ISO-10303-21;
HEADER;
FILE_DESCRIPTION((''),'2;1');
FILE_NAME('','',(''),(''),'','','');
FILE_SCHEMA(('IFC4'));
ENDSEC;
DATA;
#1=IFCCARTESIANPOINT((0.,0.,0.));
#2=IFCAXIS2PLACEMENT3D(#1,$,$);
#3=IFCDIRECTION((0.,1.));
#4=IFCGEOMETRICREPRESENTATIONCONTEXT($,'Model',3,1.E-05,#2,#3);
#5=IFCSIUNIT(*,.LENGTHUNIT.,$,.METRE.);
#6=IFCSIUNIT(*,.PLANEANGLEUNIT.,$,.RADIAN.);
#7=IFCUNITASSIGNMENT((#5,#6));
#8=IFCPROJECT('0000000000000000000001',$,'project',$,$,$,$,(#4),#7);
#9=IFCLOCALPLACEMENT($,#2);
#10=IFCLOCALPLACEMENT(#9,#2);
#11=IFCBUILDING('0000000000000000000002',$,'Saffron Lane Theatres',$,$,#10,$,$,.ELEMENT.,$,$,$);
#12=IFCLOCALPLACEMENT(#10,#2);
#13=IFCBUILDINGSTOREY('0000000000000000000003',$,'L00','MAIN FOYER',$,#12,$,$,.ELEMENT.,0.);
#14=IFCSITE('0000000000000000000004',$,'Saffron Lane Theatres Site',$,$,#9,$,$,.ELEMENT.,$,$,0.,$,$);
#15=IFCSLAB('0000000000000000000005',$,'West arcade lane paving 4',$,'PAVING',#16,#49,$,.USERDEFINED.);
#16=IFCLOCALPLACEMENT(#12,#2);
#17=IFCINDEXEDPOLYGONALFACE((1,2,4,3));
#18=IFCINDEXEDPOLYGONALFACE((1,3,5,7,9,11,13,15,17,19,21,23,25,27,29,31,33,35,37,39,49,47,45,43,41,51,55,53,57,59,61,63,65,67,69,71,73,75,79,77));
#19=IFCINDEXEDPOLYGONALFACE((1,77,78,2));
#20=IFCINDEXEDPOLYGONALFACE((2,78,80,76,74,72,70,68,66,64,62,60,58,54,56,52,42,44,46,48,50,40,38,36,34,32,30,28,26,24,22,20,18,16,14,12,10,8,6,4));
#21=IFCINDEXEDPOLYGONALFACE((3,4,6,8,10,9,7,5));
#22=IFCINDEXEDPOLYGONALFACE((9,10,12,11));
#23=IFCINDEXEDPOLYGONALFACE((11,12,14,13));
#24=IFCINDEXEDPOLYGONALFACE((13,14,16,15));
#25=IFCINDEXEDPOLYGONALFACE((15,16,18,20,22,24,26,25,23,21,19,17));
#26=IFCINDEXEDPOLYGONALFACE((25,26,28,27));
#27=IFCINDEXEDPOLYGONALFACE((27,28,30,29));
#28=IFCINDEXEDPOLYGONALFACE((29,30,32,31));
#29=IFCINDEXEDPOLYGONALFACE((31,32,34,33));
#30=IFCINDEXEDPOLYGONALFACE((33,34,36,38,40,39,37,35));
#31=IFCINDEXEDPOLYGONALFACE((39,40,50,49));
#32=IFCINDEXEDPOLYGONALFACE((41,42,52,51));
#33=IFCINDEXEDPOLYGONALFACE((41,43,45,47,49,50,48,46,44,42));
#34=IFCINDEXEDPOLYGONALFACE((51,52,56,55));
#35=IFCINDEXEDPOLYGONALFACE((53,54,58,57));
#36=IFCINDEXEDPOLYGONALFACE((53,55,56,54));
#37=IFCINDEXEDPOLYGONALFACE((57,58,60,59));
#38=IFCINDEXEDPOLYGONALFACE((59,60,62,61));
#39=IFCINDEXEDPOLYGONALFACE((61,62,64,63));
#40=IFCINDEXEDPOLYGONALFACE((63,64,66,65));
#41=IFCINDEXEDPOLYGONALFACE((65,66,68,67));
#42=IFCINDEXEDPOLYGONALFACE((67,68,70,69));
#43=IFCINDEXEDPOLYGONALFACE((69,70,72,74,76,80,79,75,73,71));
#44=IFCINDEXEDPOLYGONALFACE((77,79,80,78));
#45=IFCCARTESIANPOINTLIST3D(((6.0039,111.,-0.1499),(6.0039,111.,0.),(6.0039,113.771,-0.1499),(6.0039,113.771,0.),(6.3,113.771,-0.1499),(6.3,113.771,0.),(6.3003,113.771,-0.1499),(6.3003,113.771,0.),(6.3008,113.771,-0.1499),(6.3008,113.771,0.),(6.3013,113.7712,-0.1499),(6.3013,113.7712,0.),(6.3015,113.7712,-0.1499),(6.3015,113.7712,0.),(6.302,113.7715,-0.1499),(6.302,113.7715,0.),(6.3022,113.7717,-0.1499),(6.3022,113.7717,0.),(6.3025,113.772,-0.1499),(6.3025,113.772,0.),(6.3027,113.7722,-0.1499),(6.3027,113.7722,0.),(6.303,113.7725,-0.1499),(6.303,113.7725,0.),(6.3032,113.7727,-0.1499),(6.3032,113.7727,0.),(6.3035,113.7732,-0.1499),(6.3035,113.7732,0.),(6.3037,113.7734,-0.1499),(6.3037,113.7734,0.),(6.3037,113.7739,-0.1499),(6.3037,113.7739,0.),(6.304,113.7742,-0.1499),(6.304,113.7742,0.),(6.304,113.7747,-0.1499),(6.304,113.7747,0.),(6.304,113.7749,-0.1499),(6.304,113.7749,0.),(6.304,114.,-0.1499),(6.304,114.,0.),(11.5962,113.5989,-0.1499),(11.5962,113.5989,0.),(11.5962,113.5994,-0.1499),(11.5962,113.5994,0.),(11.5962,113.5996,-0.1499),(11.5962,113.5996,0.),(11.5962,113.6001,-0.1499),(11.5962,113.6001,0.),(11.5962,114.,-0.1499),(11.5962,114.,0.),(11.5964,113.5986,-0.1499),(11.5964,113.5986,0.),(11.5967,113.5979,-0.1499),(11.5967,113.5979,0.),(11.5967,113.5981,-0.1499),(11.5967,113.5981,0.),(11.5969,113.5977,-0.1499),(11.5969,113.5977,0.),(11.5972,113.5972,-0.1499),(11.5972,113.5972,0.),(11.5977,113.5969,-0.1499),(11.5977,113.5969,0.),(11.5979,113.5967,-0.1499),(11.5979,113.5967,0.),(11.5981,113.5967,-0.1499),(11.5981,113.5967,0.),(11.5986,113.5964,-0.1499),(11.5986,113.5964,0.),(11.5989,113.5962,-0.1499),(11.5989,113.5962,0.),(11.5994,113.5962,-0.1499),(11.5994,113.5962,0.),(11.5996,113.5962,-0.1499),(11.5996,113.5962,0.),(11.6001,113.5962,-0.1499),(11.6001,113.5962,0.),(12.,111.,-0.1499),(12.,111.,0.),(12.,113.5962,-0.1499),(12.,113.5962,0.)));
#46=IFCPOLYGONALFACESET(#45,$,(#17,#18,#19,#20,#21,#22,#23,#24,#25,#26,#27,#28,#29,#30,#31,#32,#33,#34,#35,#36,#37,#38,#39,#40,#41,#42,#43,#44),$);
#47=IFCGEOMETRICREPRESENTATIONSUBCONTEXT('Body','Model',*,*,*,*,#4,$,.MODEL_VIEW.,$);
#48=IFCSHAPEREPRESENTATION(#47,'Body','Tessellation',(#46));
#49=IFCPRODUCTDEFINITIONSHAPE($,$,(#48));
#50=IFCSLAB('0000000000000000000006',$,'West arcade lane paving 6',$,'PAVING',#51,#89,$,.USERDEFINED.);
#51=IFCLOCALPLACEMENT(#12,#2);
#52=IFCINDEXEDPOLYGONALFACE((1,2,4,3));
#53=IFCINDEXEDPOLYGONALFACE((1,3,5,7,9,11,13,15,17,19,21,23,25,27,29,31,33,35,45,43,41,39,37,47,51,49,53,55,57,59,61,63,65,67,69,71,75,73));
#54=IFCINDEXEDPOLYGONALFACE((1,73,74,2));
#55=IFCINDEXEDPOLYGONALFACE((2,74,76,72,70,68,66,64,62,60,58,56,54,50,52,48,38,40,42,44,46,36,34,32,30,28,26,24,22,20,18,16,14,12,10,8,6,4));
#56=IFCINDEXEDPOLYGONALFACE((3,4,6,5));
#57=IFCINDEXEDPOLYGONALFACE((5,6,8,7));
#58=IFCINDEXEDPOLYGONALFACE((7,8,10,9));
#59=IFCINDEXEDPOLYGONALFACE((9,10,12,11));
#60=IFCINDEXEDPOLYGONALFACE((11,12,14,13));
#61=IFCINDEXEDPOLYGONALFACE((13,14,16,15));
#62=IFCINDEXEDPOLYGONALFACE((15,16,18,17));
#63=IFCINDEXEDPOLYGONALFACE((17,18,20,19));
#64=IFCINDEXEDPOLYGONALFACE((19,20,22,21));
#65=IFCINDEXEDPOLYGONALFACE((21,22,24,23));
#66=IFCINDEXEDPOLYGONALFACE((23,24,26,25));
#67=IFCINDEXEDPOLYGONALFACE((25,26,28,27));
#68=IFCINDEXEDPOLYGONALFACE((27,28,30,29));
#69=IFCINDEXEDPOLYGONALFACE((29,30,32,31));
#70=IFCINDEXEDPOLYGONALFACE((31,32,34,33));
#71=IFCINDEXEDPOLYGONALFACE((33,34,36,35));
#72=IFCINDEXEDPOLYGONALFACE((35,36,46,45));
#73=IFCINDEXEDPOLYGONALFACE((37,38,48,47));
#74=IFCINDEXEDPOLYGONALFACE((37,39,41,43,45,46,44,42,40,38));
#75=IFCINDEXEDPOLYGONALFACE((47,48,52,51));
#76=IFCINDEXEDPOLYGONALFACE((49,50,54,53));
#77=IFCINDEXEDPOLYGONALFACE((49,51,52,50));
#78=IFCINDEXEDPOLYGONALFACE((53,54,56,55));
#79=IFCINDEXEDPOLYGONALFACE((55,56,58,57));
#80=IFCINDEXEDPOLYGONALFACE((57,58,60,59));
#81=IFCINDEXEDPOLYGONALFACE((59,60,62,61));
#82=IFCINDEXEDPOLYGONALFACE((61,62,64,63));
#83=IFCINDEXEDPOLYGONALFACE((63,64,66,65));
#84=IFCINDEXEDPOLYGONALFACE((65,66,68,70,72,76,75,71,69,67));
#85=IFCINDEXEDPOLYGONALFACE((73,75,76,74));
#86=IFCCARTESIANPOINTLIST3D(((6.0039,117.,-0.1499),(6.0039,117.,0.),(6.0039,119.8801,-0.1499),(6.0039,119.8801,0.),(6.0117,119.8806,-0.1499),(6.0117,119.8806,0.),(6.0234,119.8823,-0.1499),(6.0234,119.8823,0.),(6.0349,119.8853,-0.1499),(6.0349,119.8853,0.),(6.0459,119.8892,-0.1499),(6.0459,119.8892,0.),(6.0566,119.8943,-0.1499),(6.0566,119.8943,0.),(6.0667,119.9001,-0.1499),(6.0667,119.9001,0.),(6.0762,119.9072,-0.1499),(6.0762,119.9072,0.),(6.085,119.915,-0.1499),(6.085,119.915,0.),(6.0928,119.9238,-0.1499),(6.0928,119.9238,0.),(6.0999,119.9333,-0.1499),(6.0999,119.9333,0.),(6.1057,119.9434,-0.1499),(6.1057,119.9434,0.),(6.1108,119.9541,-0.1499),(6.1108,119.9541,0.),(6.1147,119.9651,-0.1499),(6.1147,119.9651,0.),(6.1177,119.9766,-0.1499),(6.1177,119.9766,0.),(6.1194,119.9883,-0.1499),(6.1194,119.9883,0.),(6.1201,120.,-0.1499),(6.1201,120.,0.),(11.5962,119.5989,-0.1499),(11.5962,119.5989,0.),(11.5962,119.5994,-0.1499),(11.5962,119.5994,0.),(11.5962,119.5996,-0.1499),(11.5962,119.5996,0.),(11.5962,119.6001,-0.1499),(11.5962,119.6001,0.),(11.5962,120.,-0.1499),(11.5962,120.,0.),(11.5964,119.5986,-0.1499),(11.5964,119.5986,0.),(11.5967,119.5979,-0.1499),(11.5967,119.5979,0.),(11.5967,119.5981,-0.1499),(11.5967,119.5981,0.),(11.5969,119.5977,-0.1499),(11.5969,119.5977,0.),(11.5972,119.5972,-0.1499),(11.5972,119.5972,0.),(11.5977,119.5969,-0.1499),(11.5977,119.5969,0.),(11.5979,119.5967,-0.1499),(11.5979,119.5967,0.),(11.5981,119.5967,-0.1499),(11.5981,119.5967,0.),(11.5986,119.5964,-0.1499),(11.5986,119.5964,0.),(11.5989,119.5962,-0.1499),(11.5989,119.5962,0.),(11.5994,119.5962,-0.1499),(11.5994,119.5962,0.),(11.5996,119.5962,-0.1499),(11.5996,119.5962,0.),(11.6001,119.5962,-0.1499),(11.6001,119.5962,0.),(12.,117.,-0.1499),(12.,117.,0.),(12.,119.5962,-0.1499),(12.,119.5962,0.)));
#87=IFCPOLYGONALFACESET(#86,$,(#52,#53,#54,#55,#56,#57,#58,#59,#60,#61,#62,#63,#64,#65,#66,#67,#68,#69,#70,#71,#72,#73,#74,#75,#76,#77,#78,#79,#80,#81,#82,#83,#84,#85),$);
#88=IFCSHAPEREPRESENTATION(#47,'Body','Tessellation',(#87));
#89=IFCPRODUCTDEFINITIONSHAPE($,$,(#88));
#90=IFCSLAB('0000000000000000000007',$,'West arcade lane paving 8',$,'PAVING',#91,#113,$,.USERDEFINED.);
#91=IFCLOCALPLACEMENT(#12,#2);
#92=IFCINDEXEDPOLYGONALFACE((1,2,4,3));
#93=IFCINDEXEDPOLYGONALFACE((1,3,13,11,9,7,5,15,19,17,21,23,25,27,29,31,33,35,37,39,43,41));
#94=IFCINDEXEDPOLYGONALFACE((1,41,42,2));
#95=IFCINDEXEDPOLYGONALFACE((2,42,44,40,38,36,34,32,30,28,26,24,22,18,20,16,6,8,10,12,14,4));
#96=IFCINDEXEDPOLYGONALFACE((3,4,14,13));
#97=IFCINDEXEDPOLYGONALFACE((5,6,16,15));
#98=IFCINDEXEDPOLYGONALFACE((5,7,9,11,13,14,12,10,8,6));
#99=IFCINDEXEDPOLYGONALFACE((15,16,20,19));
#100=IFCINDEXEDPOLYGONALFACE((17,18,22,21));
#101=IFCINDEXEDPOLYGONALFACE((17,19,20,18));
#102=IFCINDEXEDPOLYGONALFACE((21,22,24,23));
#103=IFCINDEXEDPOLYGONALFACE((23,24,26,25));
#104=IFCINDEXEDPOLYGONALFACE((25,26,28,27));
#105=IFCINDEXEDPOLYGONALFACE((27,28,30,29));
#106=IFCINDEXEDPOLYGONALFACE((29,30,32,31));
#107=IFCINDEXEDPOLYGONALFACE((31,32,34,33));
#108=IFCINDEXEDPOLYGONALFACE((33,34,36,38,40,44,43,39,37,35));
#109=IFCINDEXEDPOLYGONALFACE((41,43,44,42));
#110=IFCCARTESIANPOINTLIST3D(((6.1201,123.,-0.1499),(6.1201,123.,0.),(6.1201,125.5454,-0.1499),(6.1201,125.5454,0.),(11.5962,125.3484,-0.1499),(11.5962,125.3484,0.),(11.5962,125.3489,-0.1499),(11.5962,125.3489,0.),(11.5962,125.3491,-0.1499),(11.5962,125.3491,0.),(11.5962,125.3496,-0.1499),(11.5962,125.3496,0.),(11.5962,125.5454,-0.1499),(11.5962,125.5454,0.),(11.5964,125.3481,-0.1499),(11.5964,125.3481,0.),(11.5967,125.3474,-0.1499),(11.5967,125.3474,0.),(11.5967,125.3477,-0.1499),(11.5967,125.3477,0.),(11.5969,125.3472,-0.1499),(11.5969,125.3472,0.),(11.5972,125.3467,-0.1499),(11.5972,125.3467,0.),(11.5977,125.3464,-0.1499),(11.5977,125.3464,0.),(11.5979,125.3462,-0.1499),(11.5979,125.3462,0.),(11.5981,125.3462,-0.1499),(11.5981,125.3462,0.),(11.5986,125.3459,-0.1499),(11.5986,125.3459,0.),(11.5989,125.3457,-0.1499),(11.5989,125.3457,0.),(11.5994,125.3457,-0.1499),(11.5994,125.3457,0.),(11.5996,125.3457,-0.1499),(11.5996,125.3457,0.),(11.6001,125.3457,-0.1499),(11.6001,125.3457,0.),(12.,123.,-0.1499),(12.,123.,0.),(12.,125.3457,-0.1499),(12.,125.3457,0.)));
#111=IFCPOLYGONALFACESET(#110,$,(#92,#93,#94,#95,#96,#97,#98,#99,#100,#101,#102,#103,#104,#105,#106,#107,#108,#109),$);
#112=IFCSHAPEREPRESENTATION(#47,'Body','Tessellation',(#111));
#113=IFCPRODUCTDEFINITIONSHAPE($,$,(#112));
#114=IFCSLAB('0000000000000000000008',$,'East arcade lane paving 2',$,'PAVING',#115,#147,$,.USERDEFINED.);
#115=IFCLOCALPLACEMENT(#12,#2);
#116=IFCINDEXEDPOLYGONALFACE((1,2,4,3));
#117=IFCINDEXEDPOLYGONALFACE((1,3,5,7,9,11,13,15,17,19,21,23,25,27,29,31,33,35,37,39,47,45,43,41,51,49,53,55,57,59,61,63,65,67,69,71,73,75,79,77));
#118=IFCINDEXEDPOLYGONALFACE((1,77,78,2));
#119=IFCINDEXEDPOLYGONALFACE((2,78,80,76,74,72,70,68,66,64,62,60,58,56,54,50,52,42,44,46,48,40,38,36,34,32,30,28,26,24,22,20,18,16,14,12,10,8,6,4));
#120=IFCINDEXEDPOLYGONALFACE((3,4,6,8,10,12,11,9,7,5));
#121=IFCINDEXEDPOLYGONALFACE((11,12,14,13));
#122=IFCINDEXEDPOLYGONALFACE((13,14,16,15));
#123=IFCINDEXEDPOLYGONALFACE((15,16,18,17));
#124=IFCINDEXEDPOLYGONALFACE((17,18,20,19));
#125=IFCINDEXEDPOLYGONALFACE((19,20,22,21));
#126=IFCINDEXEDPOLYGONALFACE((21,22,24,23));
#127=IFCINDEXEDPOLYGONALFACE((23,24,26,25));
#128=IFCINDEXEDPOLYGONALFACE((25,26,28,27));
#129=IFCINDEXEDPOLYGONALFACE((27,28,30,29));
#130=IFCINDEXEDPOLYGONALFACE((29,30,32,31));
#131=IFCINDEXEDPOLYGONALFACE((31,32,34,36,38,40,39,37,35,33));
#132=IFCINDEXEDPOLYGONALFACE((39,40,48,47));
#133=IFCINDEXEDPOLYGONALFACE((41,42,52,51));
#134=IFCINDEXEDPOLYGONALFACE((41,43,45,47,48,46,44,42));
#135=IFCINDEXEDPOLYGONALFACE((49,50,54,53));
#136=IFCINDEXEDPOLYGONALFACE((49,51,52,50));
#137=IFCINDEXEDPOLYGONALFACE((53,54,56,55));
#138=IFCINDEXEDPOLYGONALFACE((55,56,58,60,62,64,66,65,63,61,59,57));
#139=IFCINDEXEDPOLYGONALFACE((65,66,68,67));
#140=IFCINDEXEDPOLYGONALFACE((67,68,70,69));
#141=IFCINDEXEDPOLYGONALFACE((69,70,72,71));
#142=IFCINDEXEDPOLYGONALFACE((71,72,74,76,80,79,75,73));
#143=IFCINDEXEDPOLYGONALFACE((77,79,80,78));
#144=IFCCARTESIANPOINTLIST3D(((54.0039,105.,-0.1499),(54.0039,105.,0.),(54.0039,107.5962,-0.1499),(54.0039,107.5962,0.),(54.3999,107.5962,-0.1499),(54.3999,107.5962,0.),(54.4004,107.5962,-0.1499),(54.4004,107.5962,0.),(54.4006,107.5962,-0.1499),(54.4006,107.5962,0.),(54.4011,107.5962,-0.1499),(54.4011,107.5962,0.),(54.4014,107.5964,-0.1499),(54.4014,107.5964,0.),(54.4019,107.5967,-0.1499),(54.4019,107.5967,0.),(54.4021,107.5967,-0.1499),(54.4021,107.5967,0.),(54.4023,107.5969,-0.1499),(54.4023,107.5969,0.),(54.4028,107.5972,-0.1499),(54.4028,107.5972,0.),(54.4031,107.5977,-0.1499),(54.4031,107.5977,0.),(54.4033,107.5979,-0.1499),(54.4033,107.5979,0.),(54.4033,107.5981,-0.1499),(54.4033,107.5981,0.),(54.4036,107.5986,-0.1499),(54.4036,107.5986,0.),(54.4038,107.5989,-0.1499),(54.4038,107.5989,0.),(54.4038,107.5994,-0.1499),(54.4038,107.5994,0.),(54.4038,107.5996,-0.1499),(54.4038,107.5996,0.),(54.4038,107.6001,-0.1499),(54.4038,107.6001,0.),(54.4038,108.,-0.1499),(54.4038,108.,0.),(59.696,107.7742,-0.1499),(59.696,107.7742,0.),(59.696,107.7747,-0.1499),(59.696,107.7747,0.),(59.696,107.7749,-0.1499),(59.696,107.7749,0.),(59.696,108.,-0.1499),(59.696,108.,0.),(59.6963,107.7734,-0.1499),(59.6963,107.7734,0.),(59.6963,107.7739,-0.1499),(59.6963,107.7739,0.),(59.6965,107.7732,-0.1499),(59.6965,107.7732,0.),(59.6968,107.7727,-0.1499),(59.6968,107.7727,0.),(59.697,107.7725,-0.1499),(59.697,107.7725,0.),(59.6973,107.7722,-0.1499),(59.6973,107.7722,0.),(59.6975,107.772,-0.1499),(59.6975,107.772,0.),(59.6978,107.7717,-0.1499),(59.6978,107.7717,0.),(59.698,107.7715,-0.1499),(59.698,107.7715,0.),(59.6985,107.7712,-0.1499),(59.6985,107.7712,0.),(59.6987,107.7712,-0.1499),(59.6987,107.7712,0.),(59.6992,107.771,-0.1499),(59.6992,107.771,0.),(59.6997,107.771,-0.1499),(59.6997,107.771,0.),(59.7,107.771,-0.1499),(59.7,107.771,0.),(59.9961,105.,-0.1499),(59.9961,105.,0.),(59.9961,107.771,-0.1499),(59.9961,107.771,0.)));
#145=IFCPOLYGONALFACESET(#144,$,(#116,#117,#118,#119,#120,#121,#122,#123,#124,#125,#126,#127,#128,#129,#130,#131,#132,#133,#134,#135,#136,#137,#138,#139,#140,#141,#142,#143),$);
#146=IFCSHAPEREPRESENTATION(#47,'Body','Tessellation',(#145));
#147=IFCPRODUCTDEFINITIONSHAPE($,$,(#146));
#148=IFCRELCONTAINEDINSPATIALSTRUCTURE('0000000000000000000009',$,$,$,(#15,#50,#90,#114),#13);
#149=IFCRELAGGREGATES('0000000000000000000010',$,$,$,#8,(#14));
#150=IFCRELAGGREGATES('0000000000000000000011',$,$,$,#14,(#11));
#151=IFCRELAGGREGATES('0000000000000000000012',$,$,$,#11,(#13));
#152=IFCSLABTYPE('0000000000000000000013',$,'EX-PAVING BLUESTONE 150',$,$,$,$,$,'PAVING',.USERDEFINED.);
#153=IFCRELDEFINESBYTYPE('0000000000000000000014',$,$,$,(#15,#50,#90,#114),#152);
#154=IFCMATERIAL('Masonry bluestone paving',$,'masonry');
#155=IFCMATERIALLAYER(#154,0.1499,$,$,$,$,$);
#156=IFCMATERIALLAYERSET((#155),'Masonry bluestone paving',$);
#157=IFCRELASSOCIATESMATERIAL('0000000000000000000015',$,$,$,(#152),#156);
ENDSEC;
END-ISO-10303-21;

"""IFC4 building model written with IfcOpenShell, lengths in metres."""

from ifc_helpers import new_model, si_unit, direction, frame, origin, place, context, subcontext, project, spatial, polyline, outline, extrude, material, layer, layer_set, type_object, element, save


model = new_model("IFC4")

# Units and contexts
model_context = context("Model", 3, precision=1e-05, world=origin(), true_north=direction((0.0, 1.0)))
body_context = subcontext(model_context, "Body", "Model", "MODEL_VIEW")
ifc_project = project(units=[si_unit("LENGTHUNIT", "METRE"), si_unit("PLANEANGLEUNIT", "RADIAN")], contexts=[model_context])

# Site, building, storey
site_placement = place(None, origin())
site = spatial("IfcSite", under=ifc_project, at=site_placement, Name="Saffron Lane Theatres Site", CompositionType="ELEMENT", RefElevation=0.0)
building_placement = place(site_placement, origin())
building = spatial("IfcBuilding", under=site, at=building_placement, Name="Saffron Lane Theatres", CompositionType="ELEMENT")
storey_placement = place(building_placement, origin())
storey = spatial("IfcBuildingStorey", under=building, at=storey_placement, Name="L00", Description="MAIN FOYER", CompositionType="ELEMENT", Elevation=0.0)

# Slabs
ifc_material_1 = material(Name="Masonry bluestone paving", Category="masonry")
ifc_layer_1 = layer(ifc_material_1, 0.1499)
ifc_layer_set_1 = layer_set([ifc_layer_1], Name="Masonry bluestone paving")
slab_type_1 = type_object("IfcSlabType", Name="EX-PAVING BLUESTONE 150", ElementType="PAVING", PredefinedType="USERDEFINED", material=ifc_layer_set_1)
slab_1_placement = place(storey_placement, frame((0.0, 0.0, -0.1499)))
element("IfcSlab", 1, at=slab_1_placement, inside=storey, type_object=slab_type_1, Name="West arcade lane paving 4", ObjectType="PAVING", PredefinedType="USERDEFINED", context=body_context, shape_type="SweptSolid", body=[
    extrude(outline(polyline([(6.0039, 113.771), (6.0039, 111.0), (12.0, 111.0), (12.0, 113.5962), (11.6001, 113.5962), (11.5996, 113.5962), (11.5994, 113.5962), (11.5989, 113.5962), (11.5986, 113.5964), (11.5981, 113.5967), (11.5979, 113.5967), (11.5977, 113.5969), (11.5972, 113.5972), (11.5969, 113.5977), (11.5967, 113.5979), (11.5967, 113.5981), (11.5964, 113.5986), (11.5962, 113.5989), (11.5962, 113.5994), (11.5962, 113.5996), (11.5962, 113.6001), (11.5962, 114.0), (6.304, 114.0), (6.304, 113.7749), (6.304, 113.7747), (6.304, 113.7742), (6.3037, 113.7739), (6.3037, 113.7734), (6.3035, 113.7732), (6.3032, 113.7727), (6.303, 113.7725), (6.3027, 113.7722), (6.3025, 113.772), (6.3022, 113.7717), (6.302, 113.7715), (6.3015, 113.7712), (6.3013, 113.7712), (6.3008, 113.771), (6.3003, 113.771), (6.3, 113.771), (6.0039, 113.771)])), origin(), (0.0, 0.0, 1.0), 0.1499),
])
slab_2_placement = place(storey_placement, frame((0.0, 0.0, -0.1499)))
element("IfcSlab", 2, at=slab_2_placement, inside=storey, type_object=slab_type_1, Name="West arcade lane paving 6", ObjectType="PAVING", PredefinedType="USERDEFINED", context=body_context, shape_type="SweptSolid", body=[
    extrude(outline(polyline([(6.0039, 119.8801), (6.0039, 117.0), (12.0, 117.0), (12.0, 119.5962), (11.6001, 119.5962), (11.5996, 119.5962), (11.5994, 119.5962), (11.5989, 119.5962), (11.5986, 119.5964), (11.5981, 119.5967), (11.5979, 119.5967), (11.5977, 119.5969), (11.5972, 119.5972), (11.5969, 119.5977), (11.5967, 119.5979), (11.5967, 119.5981), (11.5964, 119.5986), (11.5962, 119.5989), (11.5962, 119.5994), (11.5962, 119.5996), (11.5962, 119.6001), (11.5962, 120.0), (6.1201, 120.0), (6.1194, 119.9883), (6.1177, 119.9766), (6.1147, 119.9651), (6.1108, 119.9541), (6.1057, 119.9434), (6.0999, 119.9333), (6.0928, 119.9238), (6.085, 119.915), (6.0762, 119.9072), (6.0667, 119.9001), (6.0566, 119.8943), (6.0459, 119.8892), (6.0349, 119.8853), (6.0234, 119.8823), (6.0117, 119.8806), (6.0039, 119.8801)])), origin(), (0.0, 0.0, 1.0), 0.1499),
])
slab_3_placement = place(storey_placement, frame((0.0, 0.0, -0.1499)))
element("IfcSlab", 3, at=slab_3_placement, inside=storey, type_object=slab_type_1, Name="West arcade lane paving 8", ObjectType="PAVING", PredefinedType="USERDEFINED", context=body_context, shape_type="SweptSolid", body=[
    extrude(outline(polyline([(6.1201, 125.5454), (6.1201, 123.0), (12.0, 123.0), (12.0, 125.3457), (11.6001, 125.3457), (11.5996, 125.3457), (11.5994, 125.3457), (11.5989, 125.3457), (11.5986, 125.3459), (11.5981, 125.3462), (11.5979, 125.3462), (11.5977, 125.3464), (11.5972, 125.3467), (11.5969, 125.3472), (11.5967, 125.3474), (11.5967, 125.3477), (11.5964, 125.3481), (11.5962, 125.3484), (11.5962, 125.3489), (11.5962, 125.3491), (11.5962, 125.3496), (11.5962, 125.5454), (6.1201, 125.5454)])), origin(), (0.0, 0.0, 1.0), 0.1499),
])
slab_4_placement = place(storey_placement, frame((0.0, 0.0, -0.1499)))
element("IfcSlab", 4, at=slab_4_placement, inside=storey, type_object=slab_type_1, Name="East arcade lane paving 2", ObjectType="PAVING", PredefinedType="USERDEFINED", context=body_context, shape_type="SweptSolid", body=[
    extrude(outline(polyline([(54.0039, 107.5962), (54.0039, 105.0), (59.9961, 105.0), (59.9961, 107.771), (59.7, 107.771), (59.6997, 107.771), (59.6992, 107.771), (59.6987, 107.7712), (59.6985, 107.7712), (59.698, 107.7715), (59.6978, 107.7717), (59.6975, 107.772), (59.6973, 107.7722), (59.697, 107.7725), (59.6968, 107.7727), (59.6965, 107.7732), (59.6963, 107.7734), (59.6963, 107.7739), (59.696, 107.7742), (59.696, 107.7747), (59.696, 107.7749), (59.696, 108.0), (54.4038, 108.0), (54.4038, 107.6001), (54.4038, 107.5996), (54.4038, 107.5994), (54.4038, 107.5989), (54.4036, 107.5986), (54.4033, 107.5981), (54.4033, 107.5979), (54.4031, 107.5977), (54.4028, 107.5972), (54.4023, 107.5969), (54.4021, 107.5967), (54.4019, 107.5967), (54.4014, 107.5964), (54.4011, 107.5962), (54.4006, 107.5962), (54.4004, 107.5962), (54.3999, 107.5962), (54.0039, 107.5962)])), origin(), (0.0, 0.0, 1.0), 0.1499),
])

save(model, "model.ifc")
